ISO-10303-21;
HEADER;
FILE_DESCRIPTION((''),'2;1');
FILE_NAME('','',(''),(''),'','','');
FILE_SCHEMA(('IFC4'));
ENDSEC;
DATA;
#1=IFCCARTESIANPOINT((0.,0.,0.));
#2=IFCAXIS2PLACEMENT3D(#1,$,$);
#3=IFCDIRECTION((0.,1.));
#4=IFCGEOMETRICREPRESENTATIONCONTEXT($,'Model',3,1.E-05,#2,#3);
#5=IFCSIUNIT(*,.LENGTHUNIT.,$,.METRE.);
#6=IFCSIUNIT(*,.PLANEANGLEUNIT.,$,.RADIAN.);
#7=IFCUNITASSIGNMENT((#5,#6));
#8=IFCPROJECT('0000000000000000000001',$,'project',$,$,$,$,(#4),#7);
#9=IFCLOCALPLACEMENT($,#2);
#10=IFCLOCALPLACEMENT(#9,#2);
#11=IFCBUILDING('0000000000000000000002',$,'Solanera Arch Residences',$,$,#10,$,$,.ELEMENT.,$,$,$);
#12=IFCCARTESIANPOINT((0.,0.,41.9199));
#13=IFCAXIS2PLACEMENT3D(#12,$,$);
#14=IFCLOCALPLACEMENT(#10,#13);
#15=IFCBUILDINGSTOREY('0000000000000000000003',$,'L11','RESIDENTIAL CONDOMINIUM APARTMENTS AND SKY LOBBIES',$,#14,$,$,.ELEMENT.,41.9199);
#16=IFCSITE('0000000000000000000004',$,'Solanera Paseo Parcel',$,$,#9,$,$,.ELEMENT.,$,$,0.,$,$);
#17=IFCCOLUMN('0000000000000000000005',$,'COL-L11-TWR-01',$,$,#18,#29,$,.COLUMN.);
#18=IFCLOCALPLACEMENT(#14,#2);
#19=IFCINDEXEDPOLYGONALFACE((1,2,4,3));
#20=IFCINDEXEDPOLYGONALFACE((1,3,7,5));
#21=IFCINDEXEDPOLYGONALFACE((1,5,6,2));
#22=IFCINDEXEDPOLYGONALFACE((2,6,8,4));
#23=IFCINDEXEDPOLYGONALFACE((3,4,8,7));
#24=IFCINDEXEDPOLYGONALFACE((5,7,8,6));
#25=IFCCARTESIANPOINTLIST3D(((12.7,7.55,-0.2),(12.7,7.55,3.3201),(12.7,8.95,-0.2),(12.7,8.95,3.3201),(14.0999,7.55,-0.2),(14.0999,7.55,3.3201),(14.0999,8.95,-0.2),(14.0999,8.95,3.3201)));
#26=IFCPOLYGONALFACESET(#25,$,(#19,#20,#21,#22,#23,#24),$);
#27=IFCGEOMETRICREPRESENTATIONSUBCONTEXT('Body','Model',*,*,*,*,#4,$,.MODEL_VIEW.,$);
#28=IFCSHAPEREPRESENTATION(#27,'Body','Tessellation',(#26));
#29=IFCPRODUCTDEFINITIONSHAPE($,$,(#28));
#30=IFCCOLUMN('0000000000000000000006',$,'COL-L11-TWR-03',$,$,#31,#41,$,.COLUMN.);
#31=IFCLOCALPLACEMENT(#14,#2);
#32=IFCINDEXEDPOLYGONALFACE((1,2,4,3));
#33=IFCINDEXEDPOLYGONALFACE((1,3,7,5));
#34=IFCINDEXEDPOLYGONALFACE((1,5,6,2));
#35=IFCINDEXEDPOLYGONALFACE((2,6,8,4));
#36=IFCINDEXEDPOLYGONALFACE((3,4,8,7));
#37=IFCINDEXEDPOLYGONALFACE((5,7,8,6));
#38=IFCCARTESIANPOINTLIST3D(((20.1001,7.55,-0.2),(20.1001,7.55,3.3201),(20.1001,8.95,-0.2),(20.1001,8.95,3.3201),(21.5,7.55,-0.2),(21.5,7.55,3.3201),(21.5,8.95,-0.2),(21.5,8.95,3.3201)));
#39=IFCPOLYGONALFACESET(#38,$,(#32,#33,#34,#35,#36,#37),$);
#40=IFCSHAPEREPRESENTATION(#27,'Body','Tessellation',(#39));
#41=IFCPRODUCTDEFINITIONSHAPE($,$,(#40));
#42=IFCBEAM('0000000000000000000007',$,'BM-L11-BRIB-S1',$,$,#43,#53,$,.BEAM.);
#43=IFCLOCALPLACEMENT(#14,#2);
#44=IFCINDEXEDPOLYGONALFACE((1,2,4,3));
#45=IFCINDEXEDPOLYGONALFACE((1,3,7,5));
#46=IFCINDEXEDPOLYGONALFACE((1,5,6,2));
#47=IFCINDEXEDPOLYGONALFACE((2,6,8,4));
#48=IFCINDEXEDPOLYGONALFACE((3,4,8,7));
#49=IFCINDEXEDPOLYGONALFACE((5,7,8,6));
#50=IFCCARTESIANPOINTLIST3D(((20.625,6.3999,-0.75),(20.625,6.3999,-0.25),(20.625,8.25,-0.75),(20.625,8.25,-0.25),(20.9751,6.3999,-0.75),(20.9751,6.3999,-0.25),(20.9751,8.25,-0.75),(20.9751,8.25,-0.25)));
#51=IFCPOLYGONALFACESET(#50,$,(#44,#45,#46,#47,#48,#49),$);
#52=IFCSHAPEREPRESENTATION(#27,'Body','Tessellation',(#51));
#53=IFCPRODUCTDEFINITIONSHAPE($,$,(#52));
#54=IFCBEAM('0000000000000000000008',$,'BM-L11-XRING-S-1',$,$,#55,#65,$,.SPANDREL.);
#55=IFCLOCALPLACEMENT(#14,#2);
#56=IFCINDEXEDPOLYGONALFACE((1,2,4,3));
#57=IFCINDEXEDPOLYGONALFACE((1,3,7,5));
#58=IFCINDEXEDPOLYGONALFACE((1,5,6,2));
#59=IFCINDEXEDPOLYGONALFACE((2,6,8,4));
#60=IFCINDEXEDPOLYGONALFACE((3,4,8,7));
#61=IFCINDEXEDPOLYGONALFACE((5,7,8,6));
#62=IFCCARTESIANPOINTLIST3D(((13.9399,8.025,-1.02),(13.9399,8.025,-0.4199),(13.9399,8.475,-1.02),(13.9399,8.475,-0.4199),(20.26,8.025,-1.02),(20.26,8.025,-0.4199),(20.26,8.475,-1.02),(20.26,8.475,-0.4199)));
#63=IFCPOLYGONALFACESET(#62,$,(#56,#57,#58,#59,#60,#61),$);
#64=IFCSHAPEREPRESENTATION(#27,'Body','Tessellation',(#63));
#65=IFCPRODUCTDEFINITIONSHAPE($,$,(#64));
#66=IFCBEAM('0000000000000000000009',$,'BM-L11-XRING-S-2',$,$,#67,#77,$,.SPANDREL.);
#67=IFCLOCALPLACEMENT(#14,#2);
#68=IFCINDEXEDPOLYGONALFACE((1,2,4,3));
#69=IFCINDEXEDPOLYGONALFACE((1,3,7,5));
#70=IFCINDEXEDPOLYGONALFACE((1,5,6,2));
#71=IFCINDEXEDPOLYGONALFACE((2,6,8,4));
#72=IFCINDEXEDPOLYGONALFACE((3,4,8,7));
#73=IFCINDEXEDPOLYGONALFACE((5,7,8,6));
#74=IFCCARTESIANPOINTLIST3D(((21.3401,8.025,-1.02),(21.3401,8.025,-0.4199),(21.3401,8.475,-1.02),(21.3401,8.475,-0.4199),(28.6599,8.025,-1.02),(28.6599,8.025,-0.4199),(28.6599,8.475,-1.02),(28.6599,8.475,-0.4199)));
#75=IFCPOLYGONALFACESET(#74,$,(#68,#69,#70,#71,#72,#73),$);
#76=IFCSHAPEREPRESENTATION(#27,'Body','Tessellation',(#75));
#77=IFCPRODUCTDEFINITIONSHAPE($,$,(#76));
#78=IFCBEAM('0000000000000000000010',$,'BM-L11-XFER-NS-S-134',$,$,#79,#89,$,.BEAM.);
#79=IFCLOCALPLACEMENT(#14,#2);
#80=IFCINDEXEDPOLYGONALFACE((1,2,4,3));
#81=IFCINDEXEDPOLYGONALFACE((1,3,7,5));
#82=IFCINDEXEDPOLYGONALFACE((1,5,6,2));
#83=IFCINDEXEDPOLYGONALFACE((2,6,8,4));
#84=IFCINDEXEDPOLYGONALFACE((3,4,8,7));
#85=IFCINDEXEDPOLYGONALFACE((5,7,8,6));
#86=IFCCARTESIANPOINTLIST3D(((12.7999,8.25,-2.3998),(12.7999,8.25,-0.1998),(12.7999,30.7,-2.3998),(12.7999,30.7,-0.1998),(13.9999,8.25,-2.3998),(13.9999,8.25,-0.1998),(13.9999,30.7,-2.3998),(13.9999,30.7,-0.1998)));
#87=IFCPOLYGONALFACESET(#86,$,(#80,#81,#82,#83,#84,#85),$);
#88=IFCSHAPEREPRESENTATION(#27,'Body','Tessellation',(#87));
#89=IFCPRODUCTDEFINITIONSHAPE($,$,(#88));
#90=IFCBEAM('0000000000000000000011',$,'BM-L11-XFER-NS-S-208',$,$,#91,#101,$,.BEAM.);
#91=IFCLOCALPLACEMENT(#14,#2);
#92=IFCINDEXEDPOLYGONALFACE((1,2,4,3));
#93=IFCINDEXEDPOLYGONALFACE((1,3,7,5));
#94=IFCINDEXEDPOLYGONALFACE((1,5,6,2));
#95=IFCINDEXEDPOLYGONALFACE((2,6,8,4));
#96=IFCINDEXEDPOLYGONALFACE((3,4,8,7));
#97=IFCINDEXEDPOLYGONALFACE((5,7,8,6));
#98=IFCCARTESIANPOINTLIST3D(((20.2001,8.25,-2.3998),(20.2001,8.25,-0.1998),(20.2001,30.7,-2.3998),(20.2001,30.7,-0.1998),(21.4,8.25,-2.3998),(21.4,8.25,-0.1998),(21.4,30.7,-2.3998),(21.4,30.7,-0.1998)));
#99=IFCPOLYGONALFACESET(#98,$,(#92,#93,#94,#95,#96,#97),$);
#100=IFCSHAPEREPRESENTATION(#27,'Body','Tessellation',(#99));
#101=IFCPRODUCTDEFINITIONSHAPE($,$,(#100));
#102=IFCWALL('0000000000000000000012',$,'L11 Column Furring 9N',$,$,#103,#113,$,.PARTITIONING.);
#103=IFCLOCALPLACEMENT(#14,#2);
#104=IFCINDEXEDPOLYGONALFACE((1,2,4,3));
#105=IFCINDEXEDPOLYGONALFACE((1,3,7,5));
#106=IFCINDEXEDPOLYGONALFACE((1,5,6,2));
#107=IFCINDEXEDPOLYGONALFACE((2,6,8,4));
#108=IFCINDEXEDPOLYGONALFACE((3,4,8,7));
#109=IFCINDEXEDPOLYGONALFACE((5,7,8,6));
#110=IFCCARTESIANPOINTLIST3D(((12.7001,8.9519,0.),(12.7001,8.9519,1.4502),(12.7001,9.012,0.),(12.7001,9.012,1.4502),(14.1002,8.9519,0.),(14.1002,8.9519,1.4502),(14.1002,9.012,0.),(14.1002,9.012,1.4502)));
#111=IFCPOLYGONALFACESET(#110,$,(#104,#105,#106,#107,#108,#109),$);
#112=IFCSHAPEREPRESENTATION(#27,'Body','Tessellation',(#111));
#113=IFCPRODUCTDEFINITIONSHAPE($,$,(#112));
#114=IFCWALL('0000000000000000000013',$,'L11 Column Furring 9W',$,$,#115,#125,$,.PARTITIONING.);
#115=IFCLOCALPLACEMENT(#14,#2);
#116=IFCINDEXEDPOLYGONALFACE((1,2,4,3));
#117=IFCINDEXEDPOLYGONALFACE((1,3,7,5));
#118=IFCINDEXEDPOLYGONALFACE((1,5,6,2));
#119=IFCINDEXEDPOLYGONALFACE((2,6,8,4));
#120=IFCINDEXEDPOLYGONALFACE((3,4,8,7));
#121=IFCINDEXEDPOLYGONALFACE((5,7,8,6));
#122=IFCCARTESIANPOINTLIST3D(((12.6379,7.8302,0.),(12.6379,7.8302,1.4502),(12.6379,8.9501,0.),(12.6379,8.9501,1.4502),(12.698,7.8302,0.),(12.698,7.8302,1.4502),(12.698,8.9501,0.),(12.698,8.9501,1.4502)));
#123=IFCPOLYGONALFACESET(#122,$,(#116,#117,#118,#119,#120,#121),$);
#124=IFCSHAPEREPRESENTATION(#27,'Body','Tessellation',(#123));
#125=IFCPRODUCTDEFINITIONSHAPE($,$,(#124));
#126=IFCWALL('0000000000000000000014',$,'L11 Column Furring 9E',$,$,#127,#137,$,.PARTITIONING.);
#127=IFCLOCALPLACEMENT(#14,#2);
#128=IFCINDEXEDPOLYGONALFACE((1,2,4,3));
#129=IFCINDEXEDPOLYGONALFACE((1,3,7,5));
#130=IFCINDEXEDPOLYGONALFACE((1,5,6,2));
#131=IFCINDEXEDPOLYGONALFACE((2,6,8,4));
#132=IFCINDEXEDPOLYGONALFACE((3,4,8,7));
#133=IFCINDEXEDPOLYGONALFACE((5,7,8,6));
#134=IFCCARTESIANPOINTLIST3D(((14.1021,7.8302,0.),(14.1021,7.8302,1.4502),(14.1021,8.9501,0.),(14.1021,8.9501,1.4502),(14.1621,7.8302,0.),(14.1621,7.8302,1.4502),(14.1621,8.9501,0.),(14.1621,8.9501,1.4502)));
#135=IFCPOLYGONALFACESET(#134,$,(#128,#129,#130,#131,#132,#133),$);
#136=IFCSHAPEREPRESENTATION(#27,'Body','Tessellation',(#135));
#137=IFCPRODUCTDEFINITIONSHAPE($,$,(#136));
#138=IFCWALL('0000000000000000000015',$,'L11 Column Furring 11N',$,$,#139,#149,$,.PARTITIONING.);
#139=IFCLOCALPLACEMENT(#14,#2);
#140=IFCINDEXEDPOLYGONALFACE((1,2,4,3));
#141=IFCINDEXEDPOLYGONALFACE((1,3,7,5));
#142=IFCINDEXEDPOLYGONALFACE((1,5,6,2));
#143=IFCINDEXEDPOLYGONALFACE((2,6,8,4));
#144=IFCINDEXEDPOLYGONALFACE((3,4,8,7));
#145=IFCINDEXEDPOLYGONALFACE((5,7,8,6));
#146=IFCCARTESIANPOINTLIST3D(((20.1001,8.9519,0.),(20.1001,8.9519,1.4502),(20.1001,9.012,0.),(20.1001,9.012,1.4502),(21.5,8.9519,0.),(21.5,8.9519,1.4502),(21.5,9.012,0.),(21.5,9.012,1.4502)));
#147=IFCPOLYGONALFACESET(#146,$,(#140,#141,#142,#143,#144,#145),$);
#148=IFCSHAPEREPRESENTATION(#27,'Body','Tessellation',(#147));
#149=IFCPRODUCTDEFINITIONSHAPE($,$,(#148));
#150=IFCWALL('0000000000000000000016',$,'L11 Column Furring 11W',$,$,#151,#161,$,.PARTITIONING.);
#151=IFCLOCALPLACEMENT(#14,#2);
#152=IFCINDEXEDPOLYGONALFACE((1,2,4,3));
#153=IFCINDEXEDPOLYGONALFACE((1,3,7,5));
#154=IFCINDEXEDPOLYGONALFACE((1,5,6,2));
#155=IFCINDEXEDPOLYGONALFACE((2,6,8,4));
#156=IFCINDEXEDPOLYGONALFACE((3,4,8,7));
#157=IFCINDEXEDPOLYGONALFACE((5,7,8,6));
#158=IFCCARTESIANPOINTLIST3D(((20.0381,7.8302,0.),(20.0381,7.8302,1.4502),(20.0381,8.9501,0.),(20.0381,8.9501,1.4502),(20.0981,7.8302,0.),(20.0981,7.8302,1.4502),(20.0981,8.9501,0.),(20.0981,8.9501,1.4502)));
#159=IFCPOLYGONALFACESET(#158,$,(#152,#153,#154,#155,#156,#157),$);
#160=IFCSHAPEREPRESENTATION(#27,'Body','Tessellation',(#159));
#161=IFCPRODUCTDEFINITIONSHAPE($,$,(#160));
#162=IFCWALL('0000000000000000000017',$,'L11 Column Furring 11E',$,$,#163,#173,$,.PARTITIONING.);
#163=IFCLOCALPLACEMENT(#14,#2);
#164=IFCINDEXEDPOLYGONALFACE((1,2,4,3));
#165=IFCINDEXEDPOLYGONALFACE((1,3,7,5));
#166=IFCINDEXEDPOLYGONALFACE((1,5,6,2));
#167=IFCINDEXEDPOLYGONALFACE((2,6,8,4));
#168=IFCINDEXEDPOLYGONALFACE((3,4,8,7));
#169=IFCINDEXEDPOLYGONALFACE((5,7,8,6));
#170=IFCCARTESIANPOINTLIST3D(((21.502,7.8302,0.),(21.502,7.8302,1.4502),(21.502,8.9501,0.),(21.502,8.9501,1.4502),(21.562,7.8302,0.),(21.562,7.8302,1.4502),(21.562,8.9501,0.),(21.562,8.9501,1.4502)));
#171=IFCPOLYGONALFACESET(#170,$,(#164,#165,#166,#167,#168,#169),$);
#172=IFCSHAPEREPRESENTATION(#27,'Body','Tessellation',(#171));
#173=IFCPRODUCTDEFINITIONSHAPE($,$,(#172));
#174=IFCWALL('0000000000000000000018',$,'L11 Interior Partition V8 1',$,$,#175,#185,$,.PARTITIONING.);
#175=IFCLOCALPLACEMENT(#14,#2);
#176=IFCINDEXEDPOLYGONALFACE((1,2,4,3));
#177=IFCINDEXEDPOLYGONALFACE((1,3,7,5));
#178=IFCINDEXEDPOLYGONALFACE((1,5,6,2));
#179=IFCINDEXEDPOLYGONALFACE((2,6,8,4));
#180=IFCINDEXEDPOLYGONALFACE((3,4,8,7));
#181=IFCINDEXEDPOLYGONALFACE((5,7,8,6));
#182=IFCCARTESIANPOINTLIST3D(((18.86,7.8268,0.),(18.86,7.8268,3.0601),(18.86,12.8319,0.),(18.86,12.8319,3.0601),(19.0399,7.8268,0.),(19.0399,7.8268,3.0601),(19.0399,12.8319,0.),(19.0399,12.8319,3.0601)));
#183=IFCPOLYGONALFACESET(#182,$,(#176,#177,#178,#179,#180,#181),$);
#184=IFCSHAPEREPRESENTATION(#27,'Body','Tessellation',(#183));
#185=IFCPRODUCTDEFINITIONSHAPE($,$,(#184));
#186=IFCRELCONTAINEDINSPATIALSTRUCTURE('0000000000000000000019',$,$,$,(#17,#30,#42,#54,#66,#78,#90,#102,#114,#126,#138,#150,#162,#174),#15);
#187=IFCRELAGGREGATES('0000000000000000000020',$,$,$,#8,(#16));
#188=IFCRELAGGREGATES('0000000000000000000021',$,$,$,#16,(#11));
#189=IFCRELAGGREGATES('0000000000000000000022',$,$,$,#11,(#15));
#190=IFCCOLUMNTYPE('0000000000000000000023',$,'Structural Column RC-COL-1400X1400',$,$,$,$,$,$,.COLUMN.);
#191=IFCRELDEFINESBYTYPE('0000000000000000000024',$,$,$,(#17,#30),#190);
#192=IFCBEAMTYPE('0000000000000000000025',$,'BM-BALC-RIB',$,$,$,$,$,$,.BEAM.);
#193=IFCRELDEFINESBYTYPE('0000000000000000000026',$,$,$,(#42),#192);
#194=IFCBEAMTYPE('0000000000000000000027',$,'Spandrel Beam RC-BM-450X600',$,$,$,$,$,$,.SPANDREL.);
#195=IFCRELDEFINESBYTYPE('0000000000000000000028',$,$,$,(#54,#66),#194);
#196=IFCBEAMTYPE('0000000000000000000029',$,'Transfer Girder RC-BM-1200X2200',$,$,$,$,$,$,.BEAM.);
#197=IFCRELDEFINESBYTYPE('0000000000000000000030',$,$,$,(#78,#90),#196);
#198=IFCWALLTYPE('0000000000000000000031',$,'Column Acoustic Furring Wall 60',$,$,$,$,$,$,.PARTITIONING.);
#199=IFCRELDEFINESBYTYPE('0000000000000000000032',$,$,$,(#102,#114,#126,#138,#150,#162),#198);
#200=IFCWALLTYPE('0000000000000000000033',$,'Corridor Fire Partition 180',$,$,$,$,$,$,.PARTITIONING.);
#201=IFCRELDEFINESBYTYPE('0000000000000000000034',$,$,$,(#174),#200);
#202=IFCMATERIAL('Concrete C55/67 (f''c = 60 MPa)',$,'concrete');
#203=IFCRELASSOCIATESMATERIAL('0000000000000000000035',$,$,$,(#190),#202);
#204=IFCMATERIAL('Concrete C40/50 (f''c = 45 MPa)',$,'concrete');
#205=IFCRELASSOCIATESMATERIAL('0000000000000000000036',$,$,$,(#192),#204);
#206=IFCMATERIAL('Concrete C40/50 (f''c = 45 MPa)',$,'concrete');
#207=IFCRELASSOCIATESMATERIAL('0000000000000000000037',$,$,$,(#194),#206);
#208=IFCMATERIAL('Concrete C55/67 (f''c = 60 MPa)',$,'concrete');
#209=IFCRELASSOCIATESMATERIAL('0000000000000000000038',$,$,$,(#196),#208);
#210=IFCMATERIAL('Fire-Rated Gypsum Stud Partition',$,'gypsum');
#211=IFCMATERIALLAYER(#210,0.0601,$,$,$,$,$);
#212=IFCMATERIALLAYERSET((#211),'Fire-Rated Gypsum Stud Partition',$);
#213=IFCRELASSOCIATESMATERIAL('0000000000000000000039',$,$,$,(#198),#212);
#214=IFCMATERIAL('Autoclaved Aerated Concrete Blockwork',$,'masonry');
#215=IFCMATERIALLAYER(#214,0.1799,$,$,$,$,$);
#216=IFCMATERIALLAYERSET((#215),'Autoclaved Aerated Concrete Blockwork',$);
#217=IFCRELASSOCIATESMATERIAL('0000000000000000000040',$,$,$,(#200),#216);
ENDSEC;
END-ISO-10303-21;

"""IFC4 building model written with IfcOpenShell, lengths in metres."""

from ifc_helpers import new_model, si_unit, direction, frame, frame_2d, origin, origin_2d, place, context, subcontext, project, spatial, rectangle, extrude, material, layer, layer_set, material_profile, profile_set, type_object, element, save


model = new_model("IFC4")

# Units and contexts
model_context = context("Model", 3, precision=1e-05, world=origin(), true_north=direction((0.0, 1.0)))
body_context = subcontext(model_context, "Body", "Model", "MODEL_VIEW")
ifc_project = project(units=[si_unit("LENGTHUNIT", "METRE"), si_unit("PLANEANGLEUNIT", "RADIAN")], contexts=[model_context])

# Site, building, storey
site_placement = place(None, origin())
site = spatial("IfcSite", under=ifc_project, at=site_placement, Name="Solanera Paseo Parcel", CompositionType="ELEMENT", RefElevation=0.0)
building_placement = place(site_placement, origin())
building = spatial("IfcBuilding", under=site, at=building_placement, Name="Solanera Arch Residences", CompositionType="ELEMENT")
storey_placement = place(building_placement, frame((0.0, 0.0, 41.9199)))
storey = spatial("IfcBuildingStorey", under=building, at=storey_placement, Name="L11", Description="RESIDENTIAL CONDOMINIUM APARTMENTS AND SKY LOBBIES", CompositionType="ELEMENT", Elevation=41.9199)

# Columns
ifc_material_1 = material(Name="Concrete C55/67 (f'c = 60 MPa)", Category="concrete")
ifc_material_profile_1 = material_profile(ifc_material_1, rectangle(XDim=1.3999, YDim=1.3999, at=origin_2d()))
ifc_profile_set_1 = profile_set([ifc_material_profile_1], Name="Concrete C55/67 (f'c = 60 MPa)")
column_type = type_object("IfcColumnType", Name="Structural Column RC-COL-1400X1400", PredefinedType="COLUMN", material=ifc_profile_set_1)
for number, where, z_axis, x_axis, name in (
    (1, (13.3999, 8.25, -0.2), (0.0, 0.0, 1.0), (1.0, 0.0, 0.0), "COL-L11-TWR-01"),
    (2, (20.8, 8.25, -0.2), (0.0, 0.0, 1.0), (1.0, 0.0, 0.0), "COL-L11-TWR-03"),
):
    element("IfcColumn", number, at=place(storey_placement, frame(where, z_axis=z_axis, x_axis=x_axis)), inside=storey, type_object=column_type, Name=name, PredefinedType="COLUMN", context=body_context, shape_type="SweptSolid", body=[
        extrude(rectangle(XDim=1.3999, YDim=1.3999, at=origin_2d()), origin(), (0.0, 0.0, 1.0), 3.52),
    ])

# Beams
ifc_material_2 = material(Name="Concrete C40/50 (f'c = 45 MPa)", Category="concrete")
ifc_material_profile_2 = material_profile(ifc_material_2, rectangle(XDim=0.3501, YDim=0.5, at=origin_2d()))
ifc_profile_set_2 = profile_set([ifc_material_profile_2], Name="Concrete C40/50 (f'c = 45 MPa)")
beam_type_1 = type_object("IfcBeamType", Name="BM-BALC-RIB", PredefinedType="BEAM", material=ifc_profile_set_2)
beam_1_placement = place(storey_placement, frame((20.8, 6.3999, -0.5), z_axis=(0.0, 1.0, 0.0), x_axis=(-1.0, 0.0, 0.0)))
element("IfcBeam", 3, at=beam_1_placement, inside=storey, type_object=beam_type_1, Name="BM-L11-BRIB-S1", PredefinedType="BEAM", context=body_context, shape_type="SweptSolid", body=[
    extrude(rectangle(XDim=0.3501, YDim=0.5, at=origin_2d()), origin(), (0.0, 0.0, 1.0), 1.8501),
])
ifc_material_3 = material(Name="Concrete C40/50 (f'c = 45 MPa)", Category="concrete")
ifc_material_profile_3 = material_profile(ifc_material_3, rectangle(XDim=0.45, YDim=0.6001, at=origin_2d()))
ifc_profile_set_3 = profile_set([ifc_material_profile_3], Name="Concrete C40/50 (f'c = 45 MPa)")
beam_type_2 = type_object("IfcBeamType", Name="Spandrel Beam RC-BM-450X600", PredefinedType="SPANDREL", material=ifc_profile_set_3)
beam_2_placement = place(storey_placement, frame((13.9399, 8.25, -0.72), z_axis=(1.0, 0.0, 0.0), x_axis=(0.0, 1.0, 0.0)))
element("IfcBeam", 4, at=beam_2_placement, inside=storey, type_object=beam_type_2, Name="BM-L11-XRING-S-1", PredefinedType="SPANDREL", context=body_context, shape_type="SweptSolid", body=[
    extrude(rectangle(XDim=0.45, YDim=0.6001, at=origin_2d()), origin(), (0.0, 0.0, 1.0), 6.3201),
])
beam_3_placement = place(storey_placement, frame((21.3401, 8.25, -0.72), z_axis=(1.0, 0.0, 0.0), x_axis=(0.0, 1.0, 0.0)))
element("IfcBeam", 5, at=beam_3_placement, inside=storey, type_object=beam_type_2, Name="BM-L11-XRING-S-2", PredefinedType="SPANDREL", context=body_context, shape_type="SweptSolid", body=[
    extrude(rectangle(XDim=0.45, YDim=0.6001, at=origin_2d()), origin(), (0.0, 0.0, 1.0), 7.3198),
])
ifc_material_4 = material(Name="Concrete C55/67 (f'c = 60 MPa)", Category="concrete")
ifc_material_profile_4 = material_profile(ifc_material_4, rectangle(XDim=1.2, YDim=2.2, at=origin_2d()))
ifc_profile_set_4 = profile_set([ifc_material_profile_4], Name="Concrete C55/67 (f'c = 60 MPa)")
beam_type_3 = type_object("IfcBeamType", Name="Transfer Girder RC-BM-1200X2200", PredefinedType="BEAM", material=ifc_profile_set_4)
for number, where, z_axis, x_axis, name in (
    (6, (13.3999, 8.25, -1.2998), (0.0, 1.0, 0.0), (-1.0, 0.0, 0.0), "BM-L11-XFER-NS-S-134"),
    (7, (20.8, 8.25, -1.2998), (0.0, 1.0, 0.0), (-1.0, 0.0, 0.0), "BM-L11-XFER-NS-S-208"),
):
    element("IfcBeam", number, at=place(storey_placement, frame(where, z_axis=z_axis, x_axis=x_axis)), inside=storey, type_object=beam_type_3, Name=name, PredefinedType="BEAM", context=body_context, shape_type="SweptSolid", body=[
        extrude(rectangle(XDim=1.2, YDim=2.2, at=origin_2d()), origin(), (0.0, 0.0, 1.0), 22.45),
    ])

# Walls
ifc_material_5 = material(Name="Fire-Rated Gypsum Stud Partition", Category="gypsum")
ifc_layer_1 = layer(ifc_material_5, 0.0601)
ifc_layer_set_1 = layer_set([ifc_layer_1], Name="Fire-Rated Gypsum Stud Partition")
wall_type_1 = type_object("IfcWallType", Name="Column Acoustic Furring Wall 60", PredefinedType="PARTITIONING", material=ifc_layer_set_1)
wall_1_placement = place(storey_placement, frame((12.7, 8.9819, 0.0), z_axis=(0.0, 0.0, 1.0), x_axis=(1.0, 0.0, 0.0)))
element("IfcWall", 8, at=wall_1_placement, inside=storey, type_object=wall_type_1, Name="L11 Column Furring 9N", PredefinedType="PARTITIONING", context=body_context, shape_type="SweptSolid", body=[
    extrude(rectangle(XDim=1.4001, YDim=0.0601, at=frame_2d((0.7002, 0.0))), origin(), (0.0, 0.0, 1.0), 1.4502),
])
for number, where, z_axis, x_axis, name in (
    (9, (12.668, 7.8301, 0.0), (0.0, 0.0, 1.0), (0.0, 1.0, 0.0), "L11 Column Furring 9W"),
    (10, (14.1321, 7.8301, 0.0), (0.0, 0.0, 1.0), (0.0, 1.0, 0.0), "L11 Column Furring 9E"),
):
    element("IfcWall", number, at=place(storey_placement, frame(where, z_axis=z_axis, x_axis=x_axis)), inside=storey, type_object=wall_type_1, Name=name, PredefinedType="PARTITIONING", context=body_context, shape_type="SweptSolid", body=[
        extrude(rectangle(XDim=1.1199, YDim=0.0601, at=frame_2d((0.5601, 0.0))), origin(), (0.0, 0.0, 1.0), 1.4502),
    ])
wall_2_placement = place(storey_placement, frame((20.1001, 8.9819, 0.0), z_axis=(0.0, 0.0, 1.0), x_axis=(1.0, 0.0, 0.0)))
element("IfcWall", 11, at=wall_2_placement, inside=storey, type_object=wall_type_1, Name="L11 Column Furring 11N", PredefinedType="PARTITIONING", context=body_context, shape_type="SweptSolid", body=[
    extrude(rectangle(XDim=1.3999, YDim=0.0601, at=frame_2d((0.7, 0.0))), origin(), (0.0, 0.0, 1.0), 1.4502),
])
for number, where, z_axis, x_axis, name in (
    (12, (20.0681, 7.8301, 0.0), (0.0, 0.0, 1.0), (0.0, 1.0, 0.0), "L11 Column Furring 11W"),
    (13, (21.532, 7.8301, 0.0), (0.0, 0.0, 1.0), (0.0, 1.0, 0.0), "L11 Column Furring 11E"),
):
    element("IfcWall", number, at=place(storey_placement, frame(where, z_axis=z_axis, x_axis=x_axis)), inside=storey, type_object=wall_type_1, Name=name, PredefinedType="PARTITIONING", context=body_context, shape_type="SweptSolid", body=[
        extrude(rectangle(XDim=1.1199, YDim=0.0601, at=frame_2d((0.5601, 0.0))), origin(), (0.0, 0.0, 1.0), 1.4502),
    ])
ifc_material_6 = material(Name="Autoclaved Aerated Concrete Blockwork", Category="masonry")
ifc_layer_2 = layer(ifc_material_6, 0.1799)
ifc_layer_set_2 = layer_set([ifc_layer_2], Name="Autoclaved Aerated Concrete Blockwork")
wall_type_2 = type_object("IfcWallType", Name="Corridor Fire Partition 180", PredefinedType="PARTITIONING", material=ifc_layer_set_2)
wall_3_placement = place(storey_placement, frame((18.95, 7.8269, 0.0), z_axis=(0.0, 0.0, 1.0), x_axis=(0.0, 1.0, 0.0)))
element("IfcWall", 14, at=wall_3_placement, inside=storey, type_object=wall_type_2, Name="L11 Interior Partition V8 1", PredefinedType="PARTITIONING", context=body_context, shape_type="SweptSolid", body=[
    extrude(rectangle(XDim=5.0051, YDim=0.1799, at=frame_2d((2.5024, 0.0))), origin(), (0.0, 0.0, 1.0), 3.0601),
])

save(model, "model.ifc")
